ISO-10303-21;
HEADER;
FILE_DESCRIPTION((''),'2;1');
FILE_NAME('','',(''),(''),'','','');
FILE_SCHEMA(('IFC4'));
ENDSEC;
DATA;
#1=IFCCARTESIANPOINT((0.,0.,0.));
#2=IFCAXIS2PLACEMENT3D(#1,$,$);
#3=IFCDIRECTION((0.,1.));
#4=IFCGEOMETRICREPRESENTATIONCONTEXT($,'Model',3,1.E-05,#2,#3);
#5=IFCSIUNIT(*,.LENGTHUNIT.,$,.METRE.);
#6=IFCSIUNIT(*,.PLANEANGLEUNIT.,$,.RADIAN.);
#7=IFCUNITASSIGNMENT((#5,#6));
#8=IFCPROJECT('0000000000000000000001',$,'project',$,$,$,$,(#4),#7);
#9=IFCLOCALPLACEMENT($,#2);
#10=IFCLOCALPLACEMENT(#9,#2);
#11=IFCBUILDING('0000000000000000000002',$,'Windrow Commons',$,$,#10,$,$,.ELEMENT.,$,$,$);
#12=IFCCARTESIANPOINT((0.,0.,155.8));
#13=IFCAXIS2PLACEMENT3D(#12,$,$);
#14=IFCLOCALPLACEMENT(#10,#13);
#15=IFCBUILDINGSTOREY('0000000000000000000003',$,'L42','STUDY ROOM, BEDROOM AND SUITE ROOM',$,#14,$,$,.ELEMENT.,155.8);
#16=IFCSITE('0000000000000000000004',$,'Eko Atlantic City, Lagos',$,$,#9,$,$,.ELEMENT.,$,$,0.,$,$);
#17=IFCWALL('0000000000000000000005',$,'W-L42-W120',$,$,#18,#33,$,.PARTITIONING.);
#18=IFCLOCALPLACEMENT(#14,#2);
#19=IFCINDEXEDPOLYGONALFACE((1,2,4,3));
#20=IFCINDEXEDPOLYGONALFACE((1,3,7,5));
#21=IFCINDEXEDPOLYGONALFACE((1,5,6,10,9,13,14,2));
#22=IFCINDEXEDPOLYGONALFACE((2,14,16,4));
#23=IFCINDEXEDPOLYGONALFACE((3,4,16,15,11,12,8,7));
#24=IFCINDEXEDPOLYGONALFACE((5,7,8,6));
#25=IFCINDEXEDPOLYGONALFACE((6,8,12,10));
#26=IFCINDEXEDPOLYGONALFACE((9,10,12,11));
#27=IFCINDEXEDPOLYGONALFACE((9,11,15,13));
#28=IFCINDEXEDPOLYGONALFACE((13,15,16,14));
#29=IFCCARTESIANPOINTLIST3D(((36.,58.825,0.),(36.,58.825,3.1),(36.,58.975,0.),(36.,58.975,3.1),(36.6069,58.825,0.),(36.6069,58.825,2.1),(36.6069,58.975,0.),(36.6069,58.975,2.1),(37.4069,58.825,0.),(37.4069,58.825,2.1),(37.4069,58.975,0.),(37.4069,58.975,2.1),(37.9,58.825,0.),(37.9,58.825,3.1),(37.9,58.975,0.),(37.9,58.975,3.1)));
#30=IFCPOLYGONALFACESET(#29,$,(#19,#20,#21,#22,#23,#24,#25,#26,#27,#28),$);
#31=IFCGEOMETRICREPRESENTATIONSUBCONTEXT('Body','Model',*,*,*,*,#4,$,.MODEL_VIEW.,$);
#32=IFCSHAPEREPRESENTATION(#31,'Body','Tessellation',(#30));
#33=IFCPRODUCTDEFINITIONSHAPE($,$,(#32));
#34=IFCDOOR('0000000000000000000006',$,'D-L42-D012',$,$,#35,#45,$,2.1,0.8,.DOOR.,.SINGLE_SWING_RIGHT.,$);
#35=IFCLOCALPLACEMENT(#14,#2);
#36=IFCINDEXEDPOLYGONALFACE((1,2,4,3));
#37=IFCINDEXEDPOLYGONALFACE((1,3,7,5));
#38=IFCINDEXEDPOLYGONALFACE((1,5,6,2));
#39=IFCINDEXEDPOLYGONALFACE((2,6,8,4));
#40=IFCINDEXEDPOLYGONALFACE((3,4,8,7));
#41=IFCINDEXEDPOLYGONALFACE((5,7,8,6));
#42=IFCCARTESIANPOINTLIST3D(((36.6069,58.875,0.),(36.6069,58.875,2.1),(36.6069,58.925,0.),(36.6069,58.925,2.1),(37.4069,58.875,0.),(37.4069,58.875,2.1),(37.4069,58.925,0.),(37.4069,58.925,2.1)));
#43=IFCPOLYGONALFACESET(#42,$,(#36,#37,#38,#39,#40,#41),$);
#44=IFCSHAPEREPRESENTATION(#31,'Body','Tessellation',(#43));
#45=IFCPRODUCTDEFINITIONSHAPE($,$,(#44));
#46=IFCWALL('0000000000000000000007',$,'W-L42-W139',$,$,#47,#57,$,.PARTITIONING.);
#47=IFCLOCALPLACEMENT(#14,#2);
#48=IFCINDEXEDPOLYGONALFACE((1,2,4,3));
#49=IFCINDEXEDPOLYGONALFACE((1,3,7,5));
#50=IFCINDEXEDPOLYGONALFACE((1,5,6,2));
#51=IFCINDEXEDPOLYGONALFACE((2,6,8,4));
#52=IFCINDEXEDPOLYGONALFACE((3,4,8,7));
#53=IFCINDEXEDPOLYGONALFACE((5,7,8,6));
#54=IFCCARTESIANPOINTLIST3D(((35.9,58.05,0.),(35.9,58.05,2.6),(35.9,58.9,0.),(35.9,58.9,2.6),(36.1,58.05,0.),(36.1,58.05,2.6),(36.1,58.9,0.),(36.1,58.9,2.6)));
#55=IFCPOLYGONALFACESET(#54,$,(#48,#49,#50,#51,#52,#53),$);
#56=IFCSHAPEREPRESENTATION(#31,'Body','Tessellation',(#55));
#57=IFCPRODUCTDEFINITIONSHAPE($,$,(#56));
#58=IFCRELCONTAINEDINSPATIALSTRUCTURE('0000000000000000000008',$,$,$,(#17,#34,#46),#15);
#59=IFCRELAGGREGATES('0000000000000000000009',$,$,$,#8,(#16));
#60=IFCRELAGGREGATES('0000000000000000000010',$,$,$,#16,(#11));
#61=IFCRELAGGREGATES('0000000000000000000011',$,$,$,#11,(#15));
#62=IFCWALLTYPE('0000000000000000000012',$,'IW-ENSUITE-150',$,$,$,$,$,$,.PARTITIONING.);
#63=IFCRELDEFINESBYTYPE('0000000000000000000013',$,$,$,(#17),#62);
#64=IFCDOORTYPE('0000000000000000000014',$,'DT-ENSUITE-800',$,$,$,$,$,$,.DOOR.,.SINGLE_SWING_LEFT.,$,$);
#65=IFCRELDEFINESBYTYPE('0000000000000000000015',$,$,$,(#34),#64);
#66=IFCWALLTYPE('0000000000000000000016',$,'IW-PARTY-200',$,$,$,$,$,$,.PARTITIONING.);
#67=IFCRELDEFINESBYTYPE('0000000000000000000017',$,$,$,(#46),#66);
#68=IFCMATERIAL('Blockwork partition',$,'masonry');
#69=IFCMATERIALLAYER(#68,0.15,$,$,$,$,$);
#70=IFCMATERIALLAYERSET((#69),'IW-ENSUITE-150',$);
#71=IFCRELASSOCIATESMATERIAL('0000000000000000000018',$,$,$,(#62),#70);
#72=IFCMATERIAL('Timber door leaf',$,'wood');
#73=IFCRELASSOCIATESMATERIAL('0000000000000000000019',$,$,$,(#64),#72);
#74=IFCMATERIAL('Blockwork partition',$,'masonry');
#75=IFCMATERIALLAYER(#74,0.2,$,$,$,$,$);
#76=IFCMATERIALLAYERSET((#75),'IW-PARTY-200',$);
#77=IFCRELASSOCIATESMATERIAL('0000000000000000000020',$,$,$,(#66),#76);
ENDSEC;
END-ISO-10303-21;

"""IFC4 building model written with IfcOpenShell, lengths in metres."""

from ifc_helpers import new_model, si_unit, direction, frame, frame_2d, origin, place, context, subcontext, project, spatial, rectangle, extrude, material, layer, layer_set, type_object, element, fill, save


model = new_model("IFC4")

# Units and contexts
model_context = context("Model", 3, precision=1e-05, world=origin(), true_north=direction((0.0, 1.0)))
body_context = subcontext(model_context, "Body", "Model", "MODEL_VIEW")
ifc_project = project(units=[si_unit("LENGTHUNIT", "METRE"), si_unit("PLANEANGLEUNIT", "RADIAN")], contexts=[model_context])

# Site, building, storey
site_placement = place(None, origin())
site = spatial("IfcSite", under=ifc_project, at=site_placement, Name="Eko Atlantic City, Lagos", CompositionType="ELEMENT", RefElevation=0.0)
building_placement = place(site_placement, origin())
building = spatial("IfcBuilding", under=site, at=building_placement, Name="Windrow Commons", CompositionType="ELEMENT")
storey_placement = place(building_placement, frame((0.0, 0.0, 155.8)))
storey = spatial("IfcBuildingStorey", under=building, at=storey_placement, Name="L42", Description="STUDY ROOM, BEDROOM AND SUITE ROOM", CompositionType="ELEMENT", Elevation=155.8)

# Shared definitions
ifc_material_1 = material(Name="Blockwork partition", Category="masonry")
ifc_layer_1 = layer(ifc_material_1, 0.15)
ifc_layer_set_1 = layer_set([ifc_layer_1], Name="IW-ENSUITE-150")
wall_type_1 = type_object("IfcWallType", Name="IW-ENSUITE-150", PredefinedType="PARTITIONING", material=ifc_layer_set_1)

# Wall, opening, door
wall_1_placement = place(storey_placement, frame((36.0, 58.9, 0.0), z_axis=(0.0, 0.0, 1.0), x_axis=(1.0, 0.0, 0.0)))
wall_1 = element("IfcWall", 1, at=wall_1_placement, inside=storey, type_object=wall_type_1, Name="W-L42-W120", PredefinedType="PARTITIONING", context=body_context, shape_type="SweptSolid", body=[
    extrude(rectangle(XDim=1.9, YDim=0.15, at=frame_2d((0.95, 0.0))), origin(), (0.0, 0.0, 1.0), 3.1),
])
opening_1_placement = place(wall_1_placement, frame((0.6069, 0.0, 0.0)))
opening_1 = element("IfcOpeningElement", 2, at=opening_1_placement, cuts=wall_1, PredefinedType="OPENING", context=body_context, shape_type="SweptSolid", body=[
    extrude(rectangle(XDim=0.8, YDim=2.1, at=frame_2d((0.4, 1.05))), frame((0.0, 0.085, 0.0), z_axis=(0.0, -1.0, 0.0), x_axis=(1.0, 0.0, 0.0)), (0.0, 0.0, 1.0), 0.17),
])
ifc_material_2 = material(Name="Timber door leaf", Category="wood")
door_type_1 = type_object("IfcDoorType", Name="DT-ENSUITE-800", OperationType="SINGLE_SWING_LEFT", PredefinedType="DOOR", material=ifc_material_2)
door_1_placement = place(opening_1_placement, origin())
door_1 = element("IfcDoor", 3, at=door_1_placement, inside=storey, type_object=door_type_1, Name="D-L42-D012", OperationType="SINGLE_SWING_RIGHT", OverallHeight=2.1, OverallWidth=0.8, PredefinedType="DOOR", context=body_context, shape_type="SweptSolid", body=[
    extrude(rectangle(XDim=0.8, YDim=2.1, at=frame_2d((0.4, 1.05))), frame((0.0, 0.025, 0.0), z_axis=(0.0, -1.0, 0.0), x_axis=(1.0, 0.0, 0.0)), (0.0, 0.0, 1.0), 0.05),
])
fill(opening_1, door_1)

# Wall
ifc_material_3 = material(Name="Blockwork partition", Category="masonry")
ifc_layer_2 = layer(ifc_material_3, 0.2)
ifc_layer_set_2 = layer_set([ifc_layer_2], Name="IW-PARTY-200")
wall_type_2 = type_object("IfcWallType", Name="IW-PARTY-200", PredefinedType="PARTITIONING", material=ifc_layer_set_2)
wall_2_placement = place(storey_placement, frame((36.0, 58.05, 0.0), z_axis=(0.0, 0.0, 1.0), x_axis=(0.0, 1.0, 0.0)))
element("IfcWall", 4, at=wall_2_placement, inside=storey, type_object=wall_type_2, Name="W-L42-W139", PredefinedType="PARTITIONING", context=body_context, shape_type="SweptSolid", body=[
    extrude(rectangle(XDim=0.85, YDim=0.2, at=frame_2d((0.425, 0.0))), origin(), (0.0, 0.0, 1.0), 2.6),
])

save(model, "model.ifc")
